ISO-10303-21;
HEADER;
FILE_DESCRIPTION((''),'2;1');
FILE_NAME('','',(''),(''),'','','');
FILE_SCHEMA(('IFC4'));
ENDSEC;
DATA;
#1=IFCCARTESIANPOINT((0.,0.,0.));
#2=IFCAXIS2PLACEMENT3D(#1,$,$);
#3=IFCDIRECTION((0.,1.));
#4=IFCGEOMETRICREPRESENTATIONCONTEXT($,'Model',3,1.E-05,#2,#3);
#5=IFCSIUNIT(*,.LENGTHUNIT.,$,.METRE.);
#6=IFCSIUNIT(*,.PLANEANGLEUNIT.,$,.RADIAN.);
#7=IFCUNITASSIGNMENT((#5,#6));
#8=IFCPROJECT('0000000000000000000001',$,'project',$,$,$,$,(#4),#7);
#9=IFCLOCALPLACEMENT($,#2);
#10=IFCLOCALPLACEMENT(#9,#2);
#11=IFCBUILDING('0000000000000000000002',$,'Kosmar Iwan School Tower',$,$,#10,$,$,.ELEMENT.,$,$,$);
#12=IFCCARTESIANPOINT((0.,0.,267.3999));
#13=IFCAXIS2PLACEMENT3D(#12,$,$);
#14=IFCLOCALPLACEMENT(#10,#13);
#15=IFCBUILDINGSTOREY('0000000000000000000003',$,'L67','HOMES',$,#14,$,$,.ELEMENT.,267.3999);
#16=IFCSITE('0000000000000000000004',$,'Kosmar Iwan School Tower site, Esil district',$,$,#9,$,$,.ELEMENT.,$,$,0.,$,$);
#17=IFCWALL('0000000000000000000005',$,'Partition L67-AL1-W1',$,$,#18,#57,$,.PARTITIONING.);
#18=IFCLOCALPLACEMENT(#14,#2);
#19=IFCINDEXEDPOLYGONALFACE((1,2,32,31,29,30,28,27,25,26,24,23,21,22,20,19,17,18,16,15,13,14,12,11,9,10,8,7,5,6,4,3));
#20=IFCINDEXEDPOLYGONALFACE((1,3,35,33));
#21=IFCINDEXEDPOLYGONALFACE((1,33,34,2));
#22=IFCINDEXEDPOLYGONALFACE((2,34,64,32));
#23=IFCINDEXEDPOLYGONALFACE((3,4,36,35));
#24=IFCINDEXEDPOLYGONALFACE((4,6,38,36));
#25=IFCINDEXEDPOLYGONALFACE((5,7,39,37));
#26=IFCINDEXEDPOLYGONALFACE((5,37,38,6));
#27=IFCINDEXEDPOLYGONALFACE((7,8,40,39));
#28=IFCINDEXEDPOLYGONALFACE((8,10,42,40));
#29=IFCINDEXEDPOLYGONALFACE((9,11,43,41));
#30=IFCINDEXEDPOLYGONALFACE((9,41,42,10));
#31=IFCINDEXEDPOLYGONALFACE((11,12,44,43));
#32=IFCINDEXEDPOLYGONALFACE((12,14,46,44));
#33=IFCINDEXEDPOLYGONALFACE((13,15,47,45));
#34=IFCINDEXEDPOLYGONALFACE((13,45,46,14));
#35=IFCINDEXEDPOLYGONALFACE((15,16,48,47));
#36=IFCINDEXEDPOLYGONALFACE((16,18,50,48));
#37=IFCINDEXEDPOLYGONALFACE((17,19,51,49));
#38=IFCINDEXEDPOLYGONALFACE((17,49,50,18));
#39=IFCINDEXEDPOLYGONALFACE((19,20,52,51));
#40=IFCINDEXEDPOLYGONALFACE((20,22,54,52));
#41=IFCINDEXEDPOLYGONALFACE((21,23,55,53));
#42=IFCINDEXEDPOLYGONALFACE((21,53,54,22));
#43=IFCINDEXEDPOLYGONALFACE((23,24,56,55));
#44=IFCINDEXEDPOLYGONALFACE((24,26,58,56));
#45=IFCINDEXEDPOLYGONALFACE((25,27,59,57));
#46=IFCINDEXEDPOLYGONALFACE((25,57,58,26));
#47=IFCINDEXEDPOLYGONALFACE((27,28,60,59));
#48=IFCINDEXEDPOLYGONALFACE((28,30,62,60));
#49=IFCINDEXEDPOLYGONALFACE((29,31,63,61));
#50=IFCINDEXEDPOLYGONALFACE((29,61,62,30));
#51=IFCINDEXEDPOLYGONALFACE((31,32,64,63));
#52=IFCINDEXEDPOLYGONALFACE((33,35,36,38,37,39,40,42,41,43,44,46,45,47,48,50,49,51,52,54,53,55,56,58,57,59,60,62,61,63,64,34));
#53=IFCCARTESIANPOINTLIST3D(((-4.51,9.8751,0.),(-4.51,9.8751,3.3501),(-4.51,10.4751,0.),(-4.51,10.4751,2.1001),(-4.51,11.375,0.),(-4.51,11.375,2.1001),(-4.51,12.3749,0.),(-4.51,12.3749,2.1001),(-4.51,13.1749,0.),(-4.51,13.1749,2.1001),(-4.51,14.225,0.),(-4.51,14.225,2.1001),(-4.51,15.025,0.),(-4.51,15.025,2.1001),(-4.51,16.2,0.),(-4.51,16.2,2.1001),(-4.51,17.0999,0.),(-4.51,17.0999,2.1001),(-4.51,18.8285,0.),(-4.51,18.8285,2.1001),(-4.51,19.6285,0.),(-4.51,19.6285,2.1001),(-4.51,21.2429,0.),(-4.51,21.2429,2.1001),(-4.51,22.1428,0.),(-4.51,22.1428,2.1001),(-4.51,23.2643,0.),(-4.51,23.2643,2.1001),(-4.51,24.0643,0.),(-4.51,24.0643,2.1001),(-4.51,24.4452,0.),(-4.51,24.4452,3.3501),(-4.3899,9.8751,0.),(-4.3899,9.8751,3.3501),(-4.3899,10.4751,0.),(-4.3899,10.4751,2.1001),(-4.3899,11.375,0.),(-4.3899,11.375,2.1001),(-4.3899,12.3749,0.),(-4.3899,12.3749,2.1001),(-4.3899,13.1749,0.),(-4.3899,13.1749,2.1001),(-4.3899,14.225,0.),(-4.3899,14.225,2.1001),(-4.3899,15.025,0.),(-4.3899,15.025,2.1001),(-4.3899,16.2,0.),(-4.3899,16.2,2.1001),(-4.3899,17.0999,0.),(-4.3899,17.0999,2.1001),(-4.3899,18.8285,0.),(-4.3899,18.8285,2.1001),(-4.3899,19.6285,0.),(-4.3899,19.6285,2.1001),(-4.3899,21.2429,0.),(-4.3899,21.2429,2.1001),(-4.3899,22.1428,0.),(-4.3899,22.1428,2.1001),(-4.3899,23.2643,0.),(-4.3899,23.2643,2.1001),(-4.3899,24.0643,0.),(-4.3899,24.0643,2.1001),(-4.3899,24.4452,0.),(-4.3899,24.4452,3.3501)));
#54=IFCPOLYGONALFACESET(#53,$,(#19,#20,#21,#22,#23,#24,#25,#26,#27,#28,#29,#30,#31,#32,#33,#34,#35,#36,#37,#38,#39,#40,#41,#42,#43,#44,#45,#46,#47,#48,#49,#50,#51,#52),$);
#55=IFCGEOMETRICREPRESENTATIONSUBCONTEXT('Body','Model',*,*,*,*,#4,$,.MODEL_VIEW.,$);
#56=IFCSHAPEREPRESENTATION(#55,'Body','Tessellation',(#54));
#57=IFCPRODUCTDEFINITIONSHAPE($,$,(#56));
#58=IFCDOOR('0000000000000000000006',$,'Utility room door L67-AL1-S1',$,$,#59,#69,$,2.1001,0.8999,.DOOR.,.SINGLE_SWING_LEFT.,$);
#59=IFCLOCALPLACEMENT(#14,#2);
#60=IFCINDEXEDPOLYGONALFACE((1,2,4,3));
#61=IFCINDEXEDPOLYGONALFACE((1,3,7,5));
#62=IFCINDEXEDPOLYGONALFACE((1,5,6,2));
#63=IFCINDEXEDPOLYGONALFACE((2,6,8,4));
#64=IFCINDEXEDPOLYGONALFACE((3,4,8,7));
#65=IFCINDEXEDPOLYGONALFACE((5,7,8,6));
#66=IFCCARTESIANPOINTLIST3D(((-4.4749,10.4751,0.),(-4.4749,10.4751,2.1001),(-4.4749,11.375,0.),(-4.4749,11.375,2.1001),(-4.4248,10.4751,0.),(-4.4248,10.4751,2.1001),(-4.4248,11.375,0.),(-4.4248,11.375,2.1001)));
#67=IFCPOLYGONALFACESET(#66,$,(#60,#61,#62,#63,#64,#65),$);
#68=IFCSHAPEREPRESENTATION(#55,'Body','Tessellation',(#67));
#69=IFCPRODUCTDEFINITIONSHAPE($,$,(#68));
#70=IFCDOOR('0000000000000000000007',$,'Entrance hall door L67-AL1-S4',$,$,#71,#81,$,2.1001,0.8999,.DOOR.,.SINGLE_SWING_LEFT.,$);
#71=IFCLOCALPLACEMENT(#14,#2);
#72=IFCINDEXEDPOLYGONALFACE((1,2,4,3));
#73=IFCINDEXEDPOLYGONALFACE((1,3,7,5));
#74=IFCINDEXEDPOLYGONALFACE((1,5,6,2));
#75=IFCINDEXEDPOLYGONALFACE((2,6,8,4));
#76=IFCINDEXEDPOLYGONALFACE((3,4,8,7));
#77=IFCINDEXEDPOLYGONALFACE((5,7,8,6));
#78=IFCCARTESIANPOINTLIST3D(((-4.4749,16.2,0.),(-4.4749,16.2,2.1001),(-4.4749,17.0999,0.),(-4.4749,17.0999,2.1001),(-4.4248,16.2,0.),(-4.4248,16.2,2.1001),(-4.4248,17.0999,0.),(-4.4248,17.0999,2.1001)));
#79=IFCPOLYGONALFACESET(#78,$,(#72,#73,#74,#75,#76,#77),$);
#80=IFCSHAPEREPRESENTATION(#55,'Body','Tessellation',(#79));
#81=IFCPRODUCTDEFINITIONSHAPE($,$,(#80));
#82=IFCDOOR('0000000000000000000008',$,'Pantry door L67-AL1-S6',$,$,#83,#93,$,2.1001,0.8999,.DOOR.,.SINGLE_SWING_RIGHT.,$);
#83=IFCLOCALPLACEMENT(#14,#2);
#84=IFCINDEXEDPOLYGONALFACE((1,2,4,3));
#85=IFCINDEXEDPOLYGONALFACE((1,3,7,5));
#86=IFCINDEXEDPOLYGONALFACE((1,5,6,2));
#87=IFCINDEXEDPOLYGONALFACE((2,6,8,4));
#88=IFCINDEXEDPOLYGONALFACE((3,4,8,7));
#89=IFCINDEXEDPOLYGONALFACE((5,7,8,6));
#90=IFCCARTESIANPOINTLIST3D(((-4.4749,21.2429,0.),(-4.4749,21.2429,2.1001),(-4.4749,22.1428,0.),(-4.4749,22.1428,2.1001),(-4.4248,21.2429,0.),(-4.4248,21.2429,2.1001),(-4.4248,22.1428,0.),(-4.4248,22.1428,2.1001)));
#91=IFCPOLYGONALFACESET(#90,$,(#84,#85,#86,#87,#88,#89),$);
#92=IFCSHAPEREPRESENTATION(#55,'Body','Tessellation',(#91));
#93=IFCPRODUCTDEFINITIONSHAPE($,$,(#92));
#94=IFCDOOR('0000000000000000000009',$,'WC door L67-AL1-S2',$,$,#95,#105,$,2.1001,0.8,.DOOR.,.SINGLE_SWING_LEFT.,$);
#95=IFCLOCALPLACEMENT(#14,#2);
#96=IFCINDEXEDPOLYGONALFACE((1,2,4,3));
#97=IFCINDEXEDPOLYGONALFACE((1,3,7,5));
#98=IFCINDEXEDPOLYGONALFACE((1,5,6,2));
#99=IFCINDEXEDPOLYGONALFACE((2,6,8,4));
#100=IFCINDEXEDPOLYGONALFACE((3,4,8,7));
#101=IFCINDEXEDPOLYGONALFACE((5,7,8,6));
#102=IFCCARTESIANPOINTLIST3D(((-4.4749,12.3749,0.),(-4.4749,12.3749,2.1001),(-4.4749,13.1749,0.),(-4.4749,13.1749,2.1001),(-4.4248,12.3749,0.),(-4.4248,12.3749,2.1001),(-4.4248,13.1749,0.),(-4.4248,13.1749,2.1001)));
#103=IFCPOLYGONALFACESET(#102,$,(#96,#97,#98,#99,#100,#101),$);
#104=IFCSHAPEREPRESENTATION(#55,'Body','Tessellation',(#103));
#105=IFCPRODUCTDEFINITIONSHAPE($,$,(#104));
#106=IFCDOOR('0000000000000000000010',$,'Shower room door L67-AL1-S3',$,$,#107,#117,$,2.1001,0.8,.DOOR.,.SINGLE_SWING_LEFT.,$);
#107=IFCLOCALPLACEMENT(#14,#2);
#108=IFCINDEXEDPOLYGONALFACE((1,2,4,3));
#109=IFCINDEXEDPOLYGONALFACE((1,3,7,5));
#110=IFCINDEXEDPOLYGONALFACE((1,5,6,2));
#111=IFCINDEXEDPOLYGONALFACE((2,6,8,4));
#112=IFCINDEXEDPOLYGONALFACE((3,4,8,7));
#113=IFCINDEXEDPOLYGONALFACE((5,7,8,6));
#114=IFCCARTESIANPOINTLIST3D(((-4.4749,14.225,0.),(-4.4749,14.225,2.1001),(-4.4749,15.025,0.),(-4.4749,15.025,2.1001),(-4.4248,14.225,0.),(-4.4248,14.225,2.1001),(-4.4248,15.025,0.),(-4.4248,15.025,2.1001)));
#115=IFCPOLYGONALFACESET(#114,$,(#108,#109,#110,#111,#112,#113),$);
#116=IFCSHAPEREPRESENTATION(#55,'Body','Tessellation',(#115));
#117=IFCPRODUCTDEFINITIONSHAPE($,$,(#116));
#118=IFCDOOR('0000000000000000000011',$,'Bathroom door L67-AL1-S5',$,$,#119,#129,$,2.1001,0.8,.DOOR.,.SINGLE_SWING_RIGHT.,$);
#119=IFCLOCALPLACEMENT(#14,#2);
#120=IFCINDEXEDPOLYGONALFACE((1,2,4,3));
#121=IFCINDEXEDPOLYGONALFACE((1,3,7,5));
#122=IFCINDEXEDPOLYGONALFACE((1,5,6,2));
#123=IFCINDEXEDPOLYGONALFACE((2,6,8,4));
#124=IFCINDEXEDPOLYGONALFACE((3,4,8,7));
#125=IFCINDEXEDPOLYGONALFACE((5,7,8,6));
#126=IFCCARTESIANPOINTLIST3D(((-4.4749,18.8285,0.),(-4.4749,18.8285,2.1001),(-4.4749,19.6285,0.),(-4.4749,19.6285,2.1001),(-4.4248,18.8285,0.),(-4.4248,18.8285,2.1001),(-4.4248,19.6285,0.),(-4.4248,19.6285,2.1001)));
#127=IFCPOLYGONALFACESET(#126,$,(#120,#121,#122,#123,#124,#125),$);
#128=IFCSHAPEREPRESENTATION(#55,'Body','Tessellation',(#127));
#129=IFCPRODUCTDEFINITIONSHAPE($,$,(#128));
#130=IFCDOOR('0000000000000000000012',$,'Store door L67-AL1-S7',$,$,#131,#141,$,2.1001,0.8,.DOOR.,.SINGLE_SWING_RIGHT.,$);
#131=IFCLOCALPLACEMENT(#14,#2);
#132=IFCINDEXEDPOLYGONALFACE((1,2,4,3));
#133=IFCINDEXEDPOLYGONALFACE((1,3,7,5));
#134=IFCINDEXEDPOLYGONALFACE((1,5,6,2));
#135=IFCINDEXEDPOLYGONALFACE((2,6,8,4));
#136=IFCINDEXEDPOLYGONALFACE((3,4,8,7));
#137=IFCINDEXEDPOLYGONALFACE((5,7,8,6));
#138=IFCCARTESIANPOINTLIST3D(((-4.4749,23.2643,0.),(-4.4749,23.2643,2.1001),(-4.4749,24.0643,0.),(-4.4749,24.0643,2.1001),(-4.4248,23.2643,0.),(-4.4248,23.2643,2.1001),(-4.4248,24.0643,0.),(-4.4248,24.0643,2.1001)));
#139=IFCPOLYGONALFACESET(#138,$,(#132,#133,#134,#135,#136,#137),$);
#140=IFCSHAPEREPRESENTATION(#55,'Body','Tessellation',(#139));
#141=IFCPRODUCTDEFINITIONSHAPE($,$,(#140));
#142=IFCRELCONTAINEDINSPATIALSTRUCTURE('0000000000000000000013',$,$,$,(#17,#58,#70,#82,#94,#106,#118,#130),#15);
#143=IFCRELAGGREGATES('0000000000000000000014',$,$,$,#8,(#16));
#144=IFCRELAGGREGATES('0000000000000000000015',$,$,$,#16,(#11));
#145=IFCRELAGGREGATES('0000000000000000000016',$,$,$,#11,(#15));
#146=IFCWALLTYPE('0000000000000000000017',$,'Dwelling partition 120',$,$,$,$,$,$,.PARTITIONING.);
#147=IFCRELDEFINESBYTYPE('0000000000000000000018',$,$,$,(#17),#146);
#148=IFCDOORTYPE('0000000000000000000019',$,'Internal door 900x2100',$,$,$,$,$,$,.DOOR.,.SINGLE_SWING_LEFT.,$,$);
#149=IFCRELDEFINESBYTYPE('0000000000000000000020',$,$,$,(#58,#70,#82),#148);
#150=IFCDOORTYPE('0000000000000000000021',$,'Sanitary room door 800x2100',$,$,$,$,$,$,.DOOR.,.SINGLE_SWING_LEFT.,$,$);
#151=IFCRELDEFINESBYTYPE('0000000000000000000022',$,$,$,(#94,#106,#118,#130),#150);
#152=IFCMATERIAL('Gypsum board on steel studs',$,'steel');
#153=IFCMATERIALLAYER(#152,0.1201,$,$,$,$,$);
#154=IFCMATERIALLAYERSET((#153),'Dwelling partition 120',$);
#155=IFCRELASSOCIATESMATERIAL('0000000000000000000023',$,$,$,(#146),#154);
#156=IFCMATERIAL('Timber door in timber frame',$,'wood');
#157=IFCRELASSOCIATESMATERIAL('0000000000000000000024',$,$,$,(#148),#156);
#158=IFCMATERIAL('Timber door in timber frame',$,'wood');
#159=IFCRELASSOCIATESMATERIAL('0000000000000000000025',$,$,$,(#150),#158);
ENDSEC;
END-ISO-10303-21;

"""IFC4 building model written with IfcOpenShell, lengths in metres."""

from ifc_helpers import new_model, si_unit, direction, frame, frame_2d, origin, place, context, subcontext, project, spatial, rectangle, extrude, material, layer, layer_set, type_object, element, fill, save


model = new_model("IFC4")

# Units and contexts
model_context = context("Model", 3, precision=1e-05, world=origin(), true_north=direction((0.0, 1.0)))
body_context = subcontext(model_context, "Body", "Model", "MODEL_VIEW")
ifc_project = project(units=[si_unit("LENGTHUNIT", "METRE"), si_unit("PLANEANGLEUNIT", "RADIAN")], contexts=[model_context])

# Site, building, storey
site_placement = place(None, origin())
site = spatial("IfcSite", under=ifc_project, at=site_placement, Name="Kosmar Iwan School Tower site, Esil district", CompositionType="ELEMENT", RefElevation=0.0)
building_placement = place(site_placement, origin())
building = spatial("IfcBuilding", under=site, at=building_placement, Name="Kosmar Iwan School Tower", CompositionType="ELEMENT")
storey_placement = place(building_placement, frame((0.0, 0.0, 267.3999)))
storey = spatial("IfcBuildingStorey", under=building, at=storey_placement, Name="L67", Description="HOMES", CompositionType="ELEMENT", Elevation=267.3999)

# Wall, openings, doors
ifc_material_1 = material(Name="Gypsum board on steel studs", Category="steel")
ifc_layer_1 = layer(ifc_material_1, 0.1201)
ifc_layer_set_1 = layer_set([ifc_layer_1], Name="Dwelling partition 120")
wall_type_1 = type_object("IfcWallType", Name="Dwelling partition 120", PredefinedType="PARTITIONING", material=ifc_layer_set_1)
wall_1_placement = place(storey_placement, frame((-4.45, 9.875, 0.0), z_axis=(0.0, 0.0, 1.0), x_axis=(0.0, 1.0, 0.0)))
wall_1 = element("IfcWall", 1, at=wall_1_placement, inside=storey, type_object=wall_type_1, Name="Partition L67-AL1-W1", PredefinedType="PARTITIONING", context=body_context, shape_type="SweptSolid", body=[
    extrude(rectangle(XDim=14.5701, YDim=0.1201, at=frame_2d((7.2852, 0.0))), origin(), (0.0, 0.0, 1.0), 3.3501),
])
opening_1_placement = place(wall_1_placement, frame((0.6001, 0.0, 0.0)))
opening_1 = element("IfcOpeningElement", 2, at=opening_1_placement, cuts=wall_1, PredefinedType="OPENING", context=body_context, shape_type="SweptSolid", body=[
    extrude(rectangle(XDim=0.8999, YDim=2.1001, at=frame_2d((0.45, 1.05))), frame((0.0, 0.072, 0.0), z_axis=(0.0, -1.0, 0.0), x_axis=(1.0, 0.0, 0.0)), (0.0, 0.0, 1.0), 0.144),
])
opening_2_placement = place(wall_1_placement, frame((2.5, 0.0, 0.0)))
opening_2 = element("IfcOpeningElement", 3, at=opening_2_placement, cuts=wall_1, PredefinedType="OPENING", context=body_context, shape_type="SweptSolid", body=[
    extrude(rectangle(XDim=0.8, YDim=2.1001, at=frame_2d((0.3999, 1.05))), frame((0.0, 0.072, 0.0), z_axis=(0.0, -1.0, 0.0), x_axis=(1.0, 0.0, 0.0)), (0.0, 0.0, 1.0), 0.144),
])
opening_3_placement = place(wall_1_placement, frame((4.3501, 0.0, 0.0)))
opening_3 = element("IfcOpeningElement", 4, at=opening_3_placement, cuts=wall_1, PredefinedType="OPENING", context=body_context, shape_type="SweptSolid", body=[
    extrude(rectangle(XDim=0.8, YDim=2.1001, at=frame_2d((0.3999, 1.05))), frame((0.0, 0.072, 0.0), z_axis=(0.0, -1.0, 0.0), x_axis=(1.0, 0.0, 0.0)), (0.0, 0.0, 1.0), 0.144),
])
opening_4_placement = place(wall_1_placement, frame((6.325, 0.0, 0.0)))
opening_4 = element("IfcOpeningElement", 5, at=opening_4_placement, cuts=wall_1, PredefinedType="OPENING", context=body_context, shape_type="SweptSolid", body=[
    extrude(rectangle(XDim=0.8999, YDim=2.1001, at=frame_2d((0.45, 1.05))), frame((0.0, 0.072, 0.0), z_axis=(0.0, -1.0, 0.0), x_axis=(1.0, 0.0, 0.0)), (0.0, 0.0, 1.0), 0.144),
])
opening_5_placement = place(wall_1_placement, frame((8.9536, 0.0, 0.0)))
opening_5 = element("IfcOpeningElement", 6, at=opening_5_placement, cuts=wall_1, PredefinedType="OPENING", context=body_context, shape_type="SweptSolid", body=[
    extrude(rectangle(XDim=0.8, YDim=2.1001, at=frame_2d((0.3999, 1.05))), frame((0.0, 0.072, 0.0), z_axis=(0.0, -1.0, 0.0), x_axis=(1.0, 0.0, 0.0)), (0.0, 0.0, 1.0), 0.144),
])
opening_6_placement = place(wall_1_placement, frame((11.3679, 0.0, 0.0)))
opening_6 = element("IfcOpeningElement", 7, at=opening_6_placement, cuts=wall_1, PredefinedType="OPENING", context=body_context, shape_type="SweptSolid", body=[
    extrude(rectangle(XDim=0.8999, YDim=2.1001, at=frame_2d((0.45, 1.05))), frame((0.0, 0.072, 0.0), z_axis=(0.0, -1.0, 0.0), x_axis=(1.0, 0.0, 0.0)), (0.0, 0.0, 1.0), 0.144),
])
opening_7_placement = place(wall_1_placement, frame((13.3894, 0.0, 0.0)))
opening_7 = element("IfcOpeningElement", 8, at=opening_7_placement, cuts=wall_1, PredefinedType="OPENING", context=body_context, shape_type="SweptSolid", body=[
    extrude(rectangle(XDim=0.8, YDim=2.1001, at=frame_2d((0.3999, 1.05))), frame((0.0, 0.072, 0.0), z_axis=(0.0, -1.0, 0.0), x_axis=(1.0, 0.0, 0.0)), (0.0, 0.0, 1.0), 0.144),
])
ifc_material_2 = material(Name="Timber door in timber frame", Category="wood")
door_type_1 = type_object("IfcDoorType", Name="Internal door 900x2100", OperationType="SINGLE_SWING_LEFT", PredefinedType="DOOR", material=ifc_material_2)
door_1_placement = place(opening_1_placement, origin())
door_1 = element("IfcDoor", 9, at=door_1_placement, inside=storey, type_object=door_type_1, Name="Utility room door L67-AL1-S1", OperationType="SINGLE_SWING_LEFT", OverallHeight=2.1001, OverallWidth=0.8999, PredefinedType="DOOR", context=body_context, shape_type="SweptSolid", body=[
    extrude(rectangle(XDim=0.8999, YDim=2.1001, at=frame_2d((0.45, 1.05))), frame((0.0, 0.0249, 0.0), z_axis=(0.0, -1.0, 0.0), x_axis=(1.0, 0.0, 0.0)), (0.0, 0.0, 1.0), 0.05),
])
fill(opening_1, door_1)
door_2_placement = place(opening_4_placement, origin())
door_2 = element("IfcDoor", 10, at=door_2_placement, inside=storey, type_object=door_type_1, Name="Entrance hall door L67-AL1-S4", OperationType="SINGLE_SWING_LEFT", OverallHeight=2.1001, OverallWidth=0.8999, PredefinedType="DOOR", context=body_context, shape_type="SweptSolid", body=[
    extrude(rectangle(XDim=0.8999, YDim=2.1001, at=frame_2d((0.45, 1.05))), frame((0.0, 0.0249, 0.0), z_axis=(0.0, -1.0, 0.0), x_axis=(1.0, 0.0, 0.0)), (0.0, 0.0, 1.0), 0.05),
])
fill(opening_4, door_2)
door_3_placement = place(opening_6_placement, origin())
door_3 = element("IfcDoor", 11, at=door_3_placement, inside=storey, type_object=door_type_1, Name="Pantry door L67-AL1-S6", OperationType="SINGLE_SWING_RIGHT", OverallHeight=2.1001, OverallWidth=0.8999, PredefinedType="DOOR", context=body_context, shape_type="SweptSolid", body=[
    extrude(rectangle(XDim=0.8999, YDim=2.1001, at=frame_2d((0.45, 1.05))), frame((0.0, 0.0249, 0.0), z_axis=(0.0, -1.0, 0.0), x_axis=(1.0, 0.0, 0.0)), (0.0, 0.0, 1.0), 0.05),
])
fill(opening_6, door_3)
ifc_material_3 = material(Name="Timber door in timber frame", Category="wood")
door_type_2 = type_object("IfcDoorType", Name="Sanitary room door 800x2100", OperationType="SINGLE_SWING_LEFT", PredefinedType="DOOR", material=ifc_material_3)
door_4_placement = place(opening_2_placement, origin())
door_4 = element("IfcDoor", 12, at=door_4_placement, inside=storey, type_object=door_type_2, Name="WC door L67-AL1-S2", OperationType="SINGLE_SWING_LEFT", OverallHeight=2.1001, OverallWidth=0.8, PredefinedType="DOOR", context=body_context, shape_type="SweptSolid", body=[
    extrude(rectangle(XDim=0.8, YDim=2.1001, at=frame_2d((0.3999, 1.05))), frame((0.0, 0.0249, 0.0), z_axis=(0.0, -1.0, 0.0), x_axis=(1.0, 0.0, 0.0)), (0.0, 0.0, 1.0), 0.05),
])
fill(opening_2, door_4)
door_5_placement = place(opening_3_placement, origin())
door_5 = element("IfcDoor", 13, at=door_5_placement, inside=storey, type_object=door_type_2, Name="Shower room door L67-AL1-S3", OperationType="SINGLE_SWING_LEFT", OverallHeight=2.1001, OverallWidth=0.8, PredefinedType="DOOR", context=body_context, shape_type="SweptSolid", body=[
    extrude(rectangle(XDim=0.8, YDim=2.1001, at=frame_2d((0.3999, 1.05))), frame((0.0, 0.0249, 0.0), z_axis=(0.0, -1.0, 0.0), x_axis=(1.0, 0.0, 0.0)), (0.0, 0.0, 1.0), 0.05),
])
fill(opening_3, door_5)
door_6_placement = place(opening_5_placement, origin())
door_6 = element("IfcDoor", 14, at=door_6_placement, inside=storey, type_object=door_type_2, Name="Bathroom door L67-AL1-S5", OperationType="SINGLE_SWING_RIGHT", OverallHeight=2.1001, OverallWidth=0.8, PredefinedType="DOOR", context=body_context, shape_type="SweptSolid", body=[
    extrude(rectangle(XDim=0.8, YDim=2.1001, at=frame_2d((0.3999, 1.05))), frame((0.0, 0.0249, 0.0), z_axis=(0.0, -1.0, 0.0), x_axis=(1.0, 0.0, 0.0)), (0.0, 0.0, 1.0), 0.05),
])
fill(opening_5, door_6)
door_7_placement = place(opening_7_placement, origin())
door_7 = element("IfcDoor", 15, at=door_7_placement, inside=storey, type_object=door_type_2, Name="Store door L67-AL1-S7", OperationType="SINGLE_SWING_RIGHT", OverallHeight=2.1001, OverallWidth=0.8, PredefinedType="DOOR", context=body_context, shape_type="SweptSolid", body=[
    extrude(rectangle(XDim=0.8, YDim=2.1001, at=frame_2d((0.3999, 1.05))), frame((0.0, 0.0249, 0.0), z_axis=(0.0, -1.0, 0.0), x_axis=(1.0, 0.0, 0.0)), (0.0, 0.0, 1.0), 0.05),
])
fill(opening_7, door_7)

save(model, "model.ifc")
